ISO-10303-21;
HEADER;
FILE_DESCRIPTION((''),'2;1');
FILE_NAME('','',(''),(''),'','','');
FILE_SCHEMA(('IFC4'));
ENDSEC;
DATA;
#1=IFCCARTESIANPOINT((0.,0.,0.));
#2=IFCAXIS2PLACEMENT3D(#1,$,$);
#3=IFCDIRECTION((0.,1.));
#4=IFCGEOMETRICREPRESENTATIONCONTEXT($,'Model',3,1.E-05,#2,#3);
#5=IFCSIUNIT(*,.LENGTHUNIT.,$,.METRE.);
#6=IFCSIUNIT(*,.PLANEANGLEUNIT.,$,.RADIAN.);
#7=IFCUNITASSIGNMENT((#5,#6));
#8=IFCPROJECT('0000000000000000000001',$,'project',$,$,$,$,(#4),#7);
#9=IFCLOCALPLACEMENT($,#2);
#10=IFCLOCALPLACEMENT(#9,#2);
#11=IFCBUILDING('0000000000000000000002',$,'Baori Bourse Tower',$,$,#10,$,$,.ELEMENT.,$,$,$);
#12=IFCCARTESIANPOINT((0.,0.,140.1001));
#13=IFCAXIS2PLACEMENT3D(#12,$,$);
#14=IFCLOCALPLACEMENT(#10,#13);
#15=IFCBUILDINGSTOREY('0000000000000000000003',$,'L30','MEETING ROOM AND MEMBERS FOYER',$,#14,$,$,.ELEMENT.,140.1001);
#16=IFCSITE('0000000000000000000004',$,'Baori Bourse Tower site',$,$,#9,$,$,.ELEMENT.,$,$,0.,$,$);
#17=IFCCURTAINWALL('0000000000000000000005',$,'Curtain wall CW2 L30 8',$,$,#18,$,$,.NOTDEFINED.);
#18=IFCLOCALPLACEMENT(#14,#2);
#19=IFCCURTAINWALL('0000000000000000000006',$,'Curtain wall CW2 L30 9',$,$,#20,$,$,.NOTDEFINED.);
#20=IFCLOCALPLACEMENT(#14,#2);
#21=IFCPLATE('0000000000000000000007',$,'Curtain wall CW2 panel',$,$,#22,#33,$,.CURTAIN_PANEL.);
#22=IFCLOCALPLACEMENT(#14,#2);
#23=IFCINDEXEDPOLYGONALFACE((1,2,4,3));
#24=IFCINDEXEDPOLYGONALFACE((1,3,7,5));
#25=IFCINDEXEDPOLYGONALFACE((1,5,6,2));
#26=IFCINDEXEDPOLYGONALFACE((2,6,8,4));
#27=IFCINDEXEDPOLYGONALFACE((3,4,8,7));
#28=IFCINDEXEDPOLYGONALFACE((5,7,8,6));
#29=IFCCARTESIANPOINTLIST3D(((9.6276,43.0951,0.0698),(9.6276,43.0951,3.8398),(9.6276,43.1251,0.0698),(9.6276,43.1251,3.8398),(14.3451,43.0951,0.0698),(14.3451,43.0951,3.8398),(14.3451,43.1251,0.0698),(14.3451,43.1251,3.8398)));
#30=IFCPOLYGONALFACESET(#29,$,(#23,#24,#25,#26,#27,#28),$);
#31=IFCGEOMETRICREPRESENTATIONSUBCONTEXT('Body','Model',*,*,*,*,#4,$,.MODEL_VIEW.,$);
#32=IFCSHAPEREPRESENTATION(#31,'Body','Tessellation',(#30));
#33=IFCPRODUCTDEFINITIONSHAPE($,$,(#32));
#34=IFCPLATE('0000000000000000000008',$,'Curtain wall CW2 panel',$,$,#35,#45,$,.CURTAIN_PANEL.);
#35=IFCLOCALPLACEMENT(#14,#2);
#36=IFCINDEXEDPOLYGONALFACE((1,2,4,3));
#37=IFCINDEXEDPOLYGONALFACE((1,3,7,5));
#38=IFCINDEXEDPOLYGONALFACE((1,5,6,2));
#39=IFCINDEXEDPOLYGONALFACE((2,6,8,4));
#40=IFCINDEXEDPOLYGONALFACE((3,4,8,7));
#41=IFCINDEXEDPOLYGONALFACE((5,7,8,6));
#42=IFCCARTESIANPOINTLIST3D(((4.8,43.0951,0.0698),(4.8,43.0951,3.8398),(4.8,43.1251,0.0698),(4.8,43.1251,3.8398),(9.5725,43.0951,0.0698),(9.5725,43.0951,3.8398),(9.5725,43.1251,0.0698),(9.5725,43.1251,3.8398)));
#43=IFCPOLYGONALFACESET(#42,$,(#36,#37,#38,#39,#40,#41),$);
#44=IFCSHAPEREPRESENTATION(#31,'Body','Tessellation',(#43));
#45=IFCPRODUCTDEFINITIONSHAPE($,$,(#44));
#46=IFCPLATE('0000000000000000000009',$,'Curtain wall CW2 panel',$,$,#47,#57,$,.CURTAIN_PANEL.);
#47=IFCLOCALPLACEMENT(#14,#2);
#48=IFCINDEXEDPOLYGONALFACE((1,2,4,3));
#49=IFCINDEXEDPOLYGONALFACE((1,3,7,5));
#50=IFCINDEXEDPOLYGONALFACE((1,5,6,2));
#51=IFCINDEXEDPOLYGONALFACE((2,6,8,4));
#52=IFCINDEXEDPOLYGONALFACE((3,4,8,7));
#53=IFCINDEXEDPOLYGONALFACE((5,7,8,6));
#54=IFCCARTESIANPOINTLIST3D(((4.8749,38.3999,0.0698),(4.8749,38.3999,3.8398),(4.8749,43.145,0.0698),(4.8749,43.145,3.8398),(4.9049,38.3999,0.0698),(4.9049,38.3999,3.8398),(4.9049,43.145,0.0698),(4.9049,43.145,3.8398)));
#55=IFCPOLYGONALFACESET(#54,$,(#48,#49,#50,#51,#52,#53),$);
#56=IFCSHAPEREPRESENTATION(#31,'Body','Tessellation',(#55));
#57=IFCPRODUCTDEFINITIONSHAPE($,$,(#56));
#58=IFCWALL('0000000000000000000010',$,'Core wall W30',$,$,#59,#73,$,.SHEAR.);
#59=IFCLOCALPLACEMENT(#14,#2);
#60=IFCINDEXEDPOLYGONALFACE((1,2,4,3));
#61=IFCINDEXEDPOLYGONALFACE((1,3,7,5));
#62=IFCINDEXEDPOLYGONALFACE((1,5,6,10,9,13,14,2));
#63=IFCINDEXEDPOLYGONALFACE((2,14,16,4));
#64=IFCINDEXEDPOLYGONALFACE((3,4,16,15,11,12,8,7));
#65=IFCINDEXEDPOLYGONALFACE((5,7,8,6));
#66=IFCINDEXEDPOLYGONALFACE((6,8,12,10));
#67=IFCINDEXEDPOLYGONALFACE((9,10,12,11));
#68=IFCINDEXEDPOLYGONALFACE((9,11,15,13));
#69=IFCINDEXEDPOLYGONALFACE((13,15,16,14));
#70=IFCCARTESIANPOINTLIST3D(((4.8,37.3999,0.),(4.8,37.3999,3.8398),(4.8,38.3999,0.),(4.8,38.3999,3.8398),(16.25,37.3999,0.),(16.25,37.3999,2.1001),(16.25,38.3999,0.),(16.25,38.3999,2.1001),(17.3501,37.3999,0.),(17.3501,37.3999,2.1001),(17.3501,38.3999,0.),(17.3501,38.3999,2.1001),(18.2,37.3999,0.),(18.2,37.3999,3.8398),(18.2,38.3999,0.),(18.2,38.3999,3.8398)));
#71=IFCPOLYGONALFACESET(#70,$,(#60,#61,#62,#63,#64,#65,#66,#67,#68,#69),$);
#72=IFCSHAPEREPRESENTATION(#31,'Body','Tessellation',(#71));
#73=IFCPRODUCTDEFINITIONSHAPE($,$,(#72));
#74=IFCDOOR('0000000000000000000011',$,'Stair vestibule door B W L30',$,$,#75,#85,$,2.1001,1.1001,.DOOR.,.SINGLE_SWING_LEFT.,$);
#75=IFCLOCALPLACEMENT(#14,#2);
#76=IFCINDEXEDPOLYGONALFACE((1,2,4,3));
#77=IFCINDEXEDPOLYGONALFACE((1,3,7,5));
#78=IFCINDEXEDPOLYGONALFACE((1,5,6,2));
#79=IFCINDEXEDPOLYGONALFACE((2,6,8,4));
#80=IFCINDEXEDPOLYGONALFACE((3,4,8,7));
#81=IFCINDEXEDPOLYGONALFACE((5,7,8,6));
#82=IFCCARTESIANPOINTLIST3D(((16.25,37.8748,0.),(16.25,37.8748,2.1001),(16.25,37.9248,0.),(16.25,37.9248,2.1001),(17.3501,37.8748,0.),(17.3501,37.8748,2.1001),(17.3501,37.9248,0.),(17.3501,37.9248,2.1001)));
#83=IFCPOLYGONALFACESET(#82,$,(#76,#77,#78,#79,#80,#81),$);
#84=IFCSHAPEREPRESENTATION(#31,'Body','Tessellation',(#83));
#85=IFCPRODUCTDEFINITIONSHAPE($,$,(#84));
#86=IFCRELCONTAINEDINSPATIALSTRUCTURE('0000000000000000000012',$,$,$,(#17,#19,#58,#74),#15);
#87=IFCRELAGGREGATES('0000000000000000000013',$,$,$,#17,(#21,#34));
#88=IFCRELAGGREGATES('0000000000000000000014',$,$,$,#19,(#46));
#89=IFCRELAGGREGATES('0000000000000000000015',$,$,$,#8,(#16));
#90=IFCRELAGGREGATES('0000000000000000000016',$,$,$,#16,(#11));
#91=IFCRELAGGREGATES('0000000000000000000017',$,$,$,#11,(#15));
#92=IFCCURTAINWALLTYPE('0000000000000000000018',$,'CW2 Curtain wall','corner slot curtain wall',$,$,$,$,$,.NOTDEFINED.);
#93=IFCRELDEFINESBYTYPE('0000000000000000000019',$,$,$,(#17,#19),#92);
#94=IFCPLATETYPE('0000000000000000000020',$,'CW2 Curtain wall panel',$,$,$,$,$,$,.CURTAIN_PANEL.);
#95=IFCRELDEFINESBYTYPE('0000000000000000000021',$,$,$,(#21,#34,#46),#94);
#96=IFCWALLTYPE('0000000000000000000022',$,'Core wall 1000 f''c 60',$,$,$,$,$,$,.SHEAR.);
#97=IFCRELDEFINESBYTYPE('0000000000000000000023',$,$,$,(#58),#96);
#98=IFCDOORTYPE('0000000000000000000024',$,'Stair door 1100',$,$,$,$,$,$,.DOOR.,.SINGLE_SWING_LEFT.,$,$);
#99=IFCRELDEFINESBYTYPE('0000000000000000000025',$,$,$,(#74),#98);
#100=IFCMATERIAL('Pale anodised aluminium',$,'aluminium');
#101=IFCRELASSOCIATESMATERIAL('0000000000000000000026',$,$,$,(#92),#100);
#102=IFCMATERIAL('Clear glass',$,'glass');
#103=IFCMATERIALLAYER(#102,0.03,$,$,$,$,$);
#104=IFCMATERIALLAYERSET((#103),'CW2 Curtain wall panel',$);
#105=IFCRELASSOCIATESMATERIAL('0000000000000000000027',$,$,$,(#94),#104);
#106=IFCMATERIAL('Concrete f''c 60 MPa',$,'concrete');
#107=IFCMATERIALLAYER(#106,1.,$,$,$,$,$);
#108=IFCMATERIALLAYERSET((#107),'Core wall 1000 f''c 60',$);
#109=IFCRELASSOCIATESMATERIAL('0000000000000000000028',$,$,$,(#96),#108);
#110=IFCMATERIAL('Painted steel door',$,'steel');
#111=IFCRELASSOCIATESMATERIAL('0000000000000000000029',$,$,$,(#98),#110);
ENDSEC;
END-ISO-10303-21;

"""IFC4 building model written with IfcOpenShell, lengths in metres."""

from ifc_helpers import new_model, si_unit, direction, frame, frame_2d, origin, origin_2d, place, context, subcontext, project, spatial, rectangle, extrude, material, layer, layer_set, type_object, element, fill, aggregate, save


model = new_model("IFC4")

# Units and contexts
model_context = context("Model", 3, precision=1e-05, world=origin(), true_north=direction((0.0, 1.0)))
body_context = subcontext(model_context, "Body", "Model", "MODEL_VIEW")
ifc_project = project(units=[si_unit("LENGTHUNIT", "METRE"), si_unit("PLANEANGLEUNIT", "RADIAN")], contexts=[model_context])

# Site, building, storey
site_placement = place(None, origin())
site = spatial("IfcSite", under=ifc_project, at=site_placement, Name="Baori Bourse Tower site", CompositionType="ELEMENT", RefElevation=0.0)
building_placement = place(site_placement, origin())
building = spatial("IfcBuilding", under=site, at=building_placement, Name="Baori Bourse Tower", CompositionType="ELEMENT")
storey_placement = place(building_placement, frame((0.0, 0.0, 140.1001)))
storey = spatial("IfcBuildingStorey", under=building, at=storey_placement, Name="L30", Description="MEETING ROOM AND MEMBERS FOYER", CompositionType="ELEMENT", Elevation=140.1001)

# Curtain wall
ifc_material_1 = material(Name="Pale anodised aluminium", Category="aluminium")
curtain_wall_type = type_object("IfcCurtainWallType", Name="CW2 Curtain wall", Description="corner slot curtain wall", PredefinedType="NOTDEFINED", material=ifc_material_1)
curtain_wall_1_placement = place(storey_placement, origin())
curtain_wall_1 = element("IfcCurtainWall", 1, at=curtain_wall_1_placement, inside=storey, type_object=curtain_wall_type, Name="Curtain wall CW2 L30 8", PredefinedType="NOTDEFINED")

# Curtain wall
curtain_wall_2_placement = place(storey_placement, origin())
curtain_wall_2 = element("IfcCurtainWall", 2, at=curtain_wall_2_placement, inside=storey, type_object=curtain_wall_type, Name="Curtain wall CW2 L30 9", PredefinedType="NOTDEFINED")

# Plates
ifc_material_2 = material(Name="Clear glass", Category="glass")
ifc_layer_1 = layer(ifc_material_2, 0.03)
ifc_layer_set_1 = layer_set([ifc_layer_1], Name="CW2 Curtain wall panel")
plate_type = type_object("IfcPlateType", Name="CW2 Curtain wall panel", PredefinedType="CURTAIN_PANEL", material=ifc_layer_set_1)
plate_1_placement = place(storey_placement, frame((11.9863, 43.1101, 0.0698), z_axis=(0.0, 0.0, 1.0), x_axis=(-1.0, 0.0, 0.0)))
plate_1 = element("IfcPlate", 3, at=plate_1_placement, type_object=plate_type, Name="Curtain wall CW2 panel", PredefinedType="CURTAIN_PANEL", context=body_context, shape_type="SweptSolid", body=[
    extrude(rectangle(XDim=4.7175, YDim=0.03, at=origin_2d()), origin(), (0.0, 0.0, 1.0), 3.77),
])
plate_2_placement = place(storey_placement, frame((7.1863, 43.1101, 0.0698), z_axis=(0.0, 0.0, 1.0), x_axis=(-1.0, 0.0, 0.0)))
plate_2 = element("IfcPlate", 4, at=plate_2_placement, type_object=plate_type, Name="Curtain wall CW2 panel", PredefinedType="CURTAIN_PANEL", context=body_context, shape_type="SweptSolid", body=[
    extrude(rectangle(XDim=4.7725, YDim=0.03, at=origin_2d()), origin(), (0.0, 0.0, 1.0), 3.77),
])
aggregate(curtain_wall_1, [plate_1, plate_2])
plate_3_placement = place(storey_placement, frame((4.8899, 40.7725, 0.0698), z_axis=(0.0, 0.0, 1.0), x_axis=(0.0, -1.0, 0.0)))
plate_3 = element("IfcPlate", 5, at=plate_3_placement, type_object=plate_type, Name="Curtain wall CW2 panel", PredefinedType="CURTAIN_PANEL", context=body_context, shape_type="SweptSolid", body=[
    extrude(rectangle(XDim=4.7451, YDim=0.03, at=origin_2d()), origin(), (0.0, 0.0, 1.0), 3.77),
])
aggregate(curtain_wall_2, [plate_3])

# Wall, opening, door
ifc_material_3 = material(Name="Concrete f'c 60 MPa", Category="concrete")
ifc_layer_2 = layer(ifc_material_3, 1.0)
ifc_layer_set_2 = layer_set([ifc_layer_2], Name="Core wall 1000 f'c 60")
wall_type_1 = type_object("IfcWallType", Name="Core wall 1000 f'c 60", PredefinedType="SHEAR", material=ifc_layer_set_2)
wall_1_placement = place(storey_placement, frame((4.8, 37.8999, 0.0), z_axis=(0.0, 0.0, 1.0), x_axis=(1.0, 0.0, 0.0)))
wall_1 = element("IfcWall", 6, at=wall_1_placement, inside=storey, type_object=wall_type_1, Name="Core wall W30", PredefinedType="SHEAR", context=body_context, shape_type="SweptSolid", body=[
    extrude(rectangle(XDim=13.3999, YDim=1.0, at=frame_2d((6.7, 0.0))), origin(), (0.0, 0.0, 1.0), 3.8398),
])
opening_1_placement = place(wall_1_placement, frame((11.45, 0.0, 0.0)))
opening_1 = element("IfcOpeningElement", 7, at=opening_1_placement, cuts=wall_1, PredefinedType="OPENING", context=body_context, shape_type="SweptSolid", body=[
    extrude(rectangle(XDim=1.1001, YDim=2.1001, at=frame_2d((0.55, 1.05))), frame((0.0, 0.51, 0.0), z_axis=(0.0, -1.0, 0.0), x_axis=(1.0, 0.0, 0.0)), (0.0, 0.0, 1.0), 1.02),
])
ifc_material_4 = material(Name="Painted steel door", Category="steel")
door_type_1 = type_object("IfcDoorType", Name="Stair door 1100", OperationType="SINGLE_SWING_LEFT", PredefinedType="DOOR", material=ifc_material_4)
door_1_placement = place(opening_1_placement, origin())
door_1 = element("IfcDoor", 8, at=door_1_placement, inside=storey, type_object=door_type_1, Name="Stair vestibule door B W L30", OperationType="SINGLE_SWING_LEFT", OverallHeight=2.1001, OverallWidth=1.1001, PredefinedType="DOOR", context=body_context, shape_type="SweptSolid", body=[
    extrude(rectangle(XDim=1.1001, YDim=2.1001, at=frame_2d((0.55, 1.05))), frame((0.0, 0.0249, 0.0), z_axis=(0.0, -1.0, 0.0), x_axis=(1.0, 0.0, 0.0)), (0.0, 0.0, 1.0), 0.05),
])
fill(opening_1, door_1)

save(model, "model.ifc")
